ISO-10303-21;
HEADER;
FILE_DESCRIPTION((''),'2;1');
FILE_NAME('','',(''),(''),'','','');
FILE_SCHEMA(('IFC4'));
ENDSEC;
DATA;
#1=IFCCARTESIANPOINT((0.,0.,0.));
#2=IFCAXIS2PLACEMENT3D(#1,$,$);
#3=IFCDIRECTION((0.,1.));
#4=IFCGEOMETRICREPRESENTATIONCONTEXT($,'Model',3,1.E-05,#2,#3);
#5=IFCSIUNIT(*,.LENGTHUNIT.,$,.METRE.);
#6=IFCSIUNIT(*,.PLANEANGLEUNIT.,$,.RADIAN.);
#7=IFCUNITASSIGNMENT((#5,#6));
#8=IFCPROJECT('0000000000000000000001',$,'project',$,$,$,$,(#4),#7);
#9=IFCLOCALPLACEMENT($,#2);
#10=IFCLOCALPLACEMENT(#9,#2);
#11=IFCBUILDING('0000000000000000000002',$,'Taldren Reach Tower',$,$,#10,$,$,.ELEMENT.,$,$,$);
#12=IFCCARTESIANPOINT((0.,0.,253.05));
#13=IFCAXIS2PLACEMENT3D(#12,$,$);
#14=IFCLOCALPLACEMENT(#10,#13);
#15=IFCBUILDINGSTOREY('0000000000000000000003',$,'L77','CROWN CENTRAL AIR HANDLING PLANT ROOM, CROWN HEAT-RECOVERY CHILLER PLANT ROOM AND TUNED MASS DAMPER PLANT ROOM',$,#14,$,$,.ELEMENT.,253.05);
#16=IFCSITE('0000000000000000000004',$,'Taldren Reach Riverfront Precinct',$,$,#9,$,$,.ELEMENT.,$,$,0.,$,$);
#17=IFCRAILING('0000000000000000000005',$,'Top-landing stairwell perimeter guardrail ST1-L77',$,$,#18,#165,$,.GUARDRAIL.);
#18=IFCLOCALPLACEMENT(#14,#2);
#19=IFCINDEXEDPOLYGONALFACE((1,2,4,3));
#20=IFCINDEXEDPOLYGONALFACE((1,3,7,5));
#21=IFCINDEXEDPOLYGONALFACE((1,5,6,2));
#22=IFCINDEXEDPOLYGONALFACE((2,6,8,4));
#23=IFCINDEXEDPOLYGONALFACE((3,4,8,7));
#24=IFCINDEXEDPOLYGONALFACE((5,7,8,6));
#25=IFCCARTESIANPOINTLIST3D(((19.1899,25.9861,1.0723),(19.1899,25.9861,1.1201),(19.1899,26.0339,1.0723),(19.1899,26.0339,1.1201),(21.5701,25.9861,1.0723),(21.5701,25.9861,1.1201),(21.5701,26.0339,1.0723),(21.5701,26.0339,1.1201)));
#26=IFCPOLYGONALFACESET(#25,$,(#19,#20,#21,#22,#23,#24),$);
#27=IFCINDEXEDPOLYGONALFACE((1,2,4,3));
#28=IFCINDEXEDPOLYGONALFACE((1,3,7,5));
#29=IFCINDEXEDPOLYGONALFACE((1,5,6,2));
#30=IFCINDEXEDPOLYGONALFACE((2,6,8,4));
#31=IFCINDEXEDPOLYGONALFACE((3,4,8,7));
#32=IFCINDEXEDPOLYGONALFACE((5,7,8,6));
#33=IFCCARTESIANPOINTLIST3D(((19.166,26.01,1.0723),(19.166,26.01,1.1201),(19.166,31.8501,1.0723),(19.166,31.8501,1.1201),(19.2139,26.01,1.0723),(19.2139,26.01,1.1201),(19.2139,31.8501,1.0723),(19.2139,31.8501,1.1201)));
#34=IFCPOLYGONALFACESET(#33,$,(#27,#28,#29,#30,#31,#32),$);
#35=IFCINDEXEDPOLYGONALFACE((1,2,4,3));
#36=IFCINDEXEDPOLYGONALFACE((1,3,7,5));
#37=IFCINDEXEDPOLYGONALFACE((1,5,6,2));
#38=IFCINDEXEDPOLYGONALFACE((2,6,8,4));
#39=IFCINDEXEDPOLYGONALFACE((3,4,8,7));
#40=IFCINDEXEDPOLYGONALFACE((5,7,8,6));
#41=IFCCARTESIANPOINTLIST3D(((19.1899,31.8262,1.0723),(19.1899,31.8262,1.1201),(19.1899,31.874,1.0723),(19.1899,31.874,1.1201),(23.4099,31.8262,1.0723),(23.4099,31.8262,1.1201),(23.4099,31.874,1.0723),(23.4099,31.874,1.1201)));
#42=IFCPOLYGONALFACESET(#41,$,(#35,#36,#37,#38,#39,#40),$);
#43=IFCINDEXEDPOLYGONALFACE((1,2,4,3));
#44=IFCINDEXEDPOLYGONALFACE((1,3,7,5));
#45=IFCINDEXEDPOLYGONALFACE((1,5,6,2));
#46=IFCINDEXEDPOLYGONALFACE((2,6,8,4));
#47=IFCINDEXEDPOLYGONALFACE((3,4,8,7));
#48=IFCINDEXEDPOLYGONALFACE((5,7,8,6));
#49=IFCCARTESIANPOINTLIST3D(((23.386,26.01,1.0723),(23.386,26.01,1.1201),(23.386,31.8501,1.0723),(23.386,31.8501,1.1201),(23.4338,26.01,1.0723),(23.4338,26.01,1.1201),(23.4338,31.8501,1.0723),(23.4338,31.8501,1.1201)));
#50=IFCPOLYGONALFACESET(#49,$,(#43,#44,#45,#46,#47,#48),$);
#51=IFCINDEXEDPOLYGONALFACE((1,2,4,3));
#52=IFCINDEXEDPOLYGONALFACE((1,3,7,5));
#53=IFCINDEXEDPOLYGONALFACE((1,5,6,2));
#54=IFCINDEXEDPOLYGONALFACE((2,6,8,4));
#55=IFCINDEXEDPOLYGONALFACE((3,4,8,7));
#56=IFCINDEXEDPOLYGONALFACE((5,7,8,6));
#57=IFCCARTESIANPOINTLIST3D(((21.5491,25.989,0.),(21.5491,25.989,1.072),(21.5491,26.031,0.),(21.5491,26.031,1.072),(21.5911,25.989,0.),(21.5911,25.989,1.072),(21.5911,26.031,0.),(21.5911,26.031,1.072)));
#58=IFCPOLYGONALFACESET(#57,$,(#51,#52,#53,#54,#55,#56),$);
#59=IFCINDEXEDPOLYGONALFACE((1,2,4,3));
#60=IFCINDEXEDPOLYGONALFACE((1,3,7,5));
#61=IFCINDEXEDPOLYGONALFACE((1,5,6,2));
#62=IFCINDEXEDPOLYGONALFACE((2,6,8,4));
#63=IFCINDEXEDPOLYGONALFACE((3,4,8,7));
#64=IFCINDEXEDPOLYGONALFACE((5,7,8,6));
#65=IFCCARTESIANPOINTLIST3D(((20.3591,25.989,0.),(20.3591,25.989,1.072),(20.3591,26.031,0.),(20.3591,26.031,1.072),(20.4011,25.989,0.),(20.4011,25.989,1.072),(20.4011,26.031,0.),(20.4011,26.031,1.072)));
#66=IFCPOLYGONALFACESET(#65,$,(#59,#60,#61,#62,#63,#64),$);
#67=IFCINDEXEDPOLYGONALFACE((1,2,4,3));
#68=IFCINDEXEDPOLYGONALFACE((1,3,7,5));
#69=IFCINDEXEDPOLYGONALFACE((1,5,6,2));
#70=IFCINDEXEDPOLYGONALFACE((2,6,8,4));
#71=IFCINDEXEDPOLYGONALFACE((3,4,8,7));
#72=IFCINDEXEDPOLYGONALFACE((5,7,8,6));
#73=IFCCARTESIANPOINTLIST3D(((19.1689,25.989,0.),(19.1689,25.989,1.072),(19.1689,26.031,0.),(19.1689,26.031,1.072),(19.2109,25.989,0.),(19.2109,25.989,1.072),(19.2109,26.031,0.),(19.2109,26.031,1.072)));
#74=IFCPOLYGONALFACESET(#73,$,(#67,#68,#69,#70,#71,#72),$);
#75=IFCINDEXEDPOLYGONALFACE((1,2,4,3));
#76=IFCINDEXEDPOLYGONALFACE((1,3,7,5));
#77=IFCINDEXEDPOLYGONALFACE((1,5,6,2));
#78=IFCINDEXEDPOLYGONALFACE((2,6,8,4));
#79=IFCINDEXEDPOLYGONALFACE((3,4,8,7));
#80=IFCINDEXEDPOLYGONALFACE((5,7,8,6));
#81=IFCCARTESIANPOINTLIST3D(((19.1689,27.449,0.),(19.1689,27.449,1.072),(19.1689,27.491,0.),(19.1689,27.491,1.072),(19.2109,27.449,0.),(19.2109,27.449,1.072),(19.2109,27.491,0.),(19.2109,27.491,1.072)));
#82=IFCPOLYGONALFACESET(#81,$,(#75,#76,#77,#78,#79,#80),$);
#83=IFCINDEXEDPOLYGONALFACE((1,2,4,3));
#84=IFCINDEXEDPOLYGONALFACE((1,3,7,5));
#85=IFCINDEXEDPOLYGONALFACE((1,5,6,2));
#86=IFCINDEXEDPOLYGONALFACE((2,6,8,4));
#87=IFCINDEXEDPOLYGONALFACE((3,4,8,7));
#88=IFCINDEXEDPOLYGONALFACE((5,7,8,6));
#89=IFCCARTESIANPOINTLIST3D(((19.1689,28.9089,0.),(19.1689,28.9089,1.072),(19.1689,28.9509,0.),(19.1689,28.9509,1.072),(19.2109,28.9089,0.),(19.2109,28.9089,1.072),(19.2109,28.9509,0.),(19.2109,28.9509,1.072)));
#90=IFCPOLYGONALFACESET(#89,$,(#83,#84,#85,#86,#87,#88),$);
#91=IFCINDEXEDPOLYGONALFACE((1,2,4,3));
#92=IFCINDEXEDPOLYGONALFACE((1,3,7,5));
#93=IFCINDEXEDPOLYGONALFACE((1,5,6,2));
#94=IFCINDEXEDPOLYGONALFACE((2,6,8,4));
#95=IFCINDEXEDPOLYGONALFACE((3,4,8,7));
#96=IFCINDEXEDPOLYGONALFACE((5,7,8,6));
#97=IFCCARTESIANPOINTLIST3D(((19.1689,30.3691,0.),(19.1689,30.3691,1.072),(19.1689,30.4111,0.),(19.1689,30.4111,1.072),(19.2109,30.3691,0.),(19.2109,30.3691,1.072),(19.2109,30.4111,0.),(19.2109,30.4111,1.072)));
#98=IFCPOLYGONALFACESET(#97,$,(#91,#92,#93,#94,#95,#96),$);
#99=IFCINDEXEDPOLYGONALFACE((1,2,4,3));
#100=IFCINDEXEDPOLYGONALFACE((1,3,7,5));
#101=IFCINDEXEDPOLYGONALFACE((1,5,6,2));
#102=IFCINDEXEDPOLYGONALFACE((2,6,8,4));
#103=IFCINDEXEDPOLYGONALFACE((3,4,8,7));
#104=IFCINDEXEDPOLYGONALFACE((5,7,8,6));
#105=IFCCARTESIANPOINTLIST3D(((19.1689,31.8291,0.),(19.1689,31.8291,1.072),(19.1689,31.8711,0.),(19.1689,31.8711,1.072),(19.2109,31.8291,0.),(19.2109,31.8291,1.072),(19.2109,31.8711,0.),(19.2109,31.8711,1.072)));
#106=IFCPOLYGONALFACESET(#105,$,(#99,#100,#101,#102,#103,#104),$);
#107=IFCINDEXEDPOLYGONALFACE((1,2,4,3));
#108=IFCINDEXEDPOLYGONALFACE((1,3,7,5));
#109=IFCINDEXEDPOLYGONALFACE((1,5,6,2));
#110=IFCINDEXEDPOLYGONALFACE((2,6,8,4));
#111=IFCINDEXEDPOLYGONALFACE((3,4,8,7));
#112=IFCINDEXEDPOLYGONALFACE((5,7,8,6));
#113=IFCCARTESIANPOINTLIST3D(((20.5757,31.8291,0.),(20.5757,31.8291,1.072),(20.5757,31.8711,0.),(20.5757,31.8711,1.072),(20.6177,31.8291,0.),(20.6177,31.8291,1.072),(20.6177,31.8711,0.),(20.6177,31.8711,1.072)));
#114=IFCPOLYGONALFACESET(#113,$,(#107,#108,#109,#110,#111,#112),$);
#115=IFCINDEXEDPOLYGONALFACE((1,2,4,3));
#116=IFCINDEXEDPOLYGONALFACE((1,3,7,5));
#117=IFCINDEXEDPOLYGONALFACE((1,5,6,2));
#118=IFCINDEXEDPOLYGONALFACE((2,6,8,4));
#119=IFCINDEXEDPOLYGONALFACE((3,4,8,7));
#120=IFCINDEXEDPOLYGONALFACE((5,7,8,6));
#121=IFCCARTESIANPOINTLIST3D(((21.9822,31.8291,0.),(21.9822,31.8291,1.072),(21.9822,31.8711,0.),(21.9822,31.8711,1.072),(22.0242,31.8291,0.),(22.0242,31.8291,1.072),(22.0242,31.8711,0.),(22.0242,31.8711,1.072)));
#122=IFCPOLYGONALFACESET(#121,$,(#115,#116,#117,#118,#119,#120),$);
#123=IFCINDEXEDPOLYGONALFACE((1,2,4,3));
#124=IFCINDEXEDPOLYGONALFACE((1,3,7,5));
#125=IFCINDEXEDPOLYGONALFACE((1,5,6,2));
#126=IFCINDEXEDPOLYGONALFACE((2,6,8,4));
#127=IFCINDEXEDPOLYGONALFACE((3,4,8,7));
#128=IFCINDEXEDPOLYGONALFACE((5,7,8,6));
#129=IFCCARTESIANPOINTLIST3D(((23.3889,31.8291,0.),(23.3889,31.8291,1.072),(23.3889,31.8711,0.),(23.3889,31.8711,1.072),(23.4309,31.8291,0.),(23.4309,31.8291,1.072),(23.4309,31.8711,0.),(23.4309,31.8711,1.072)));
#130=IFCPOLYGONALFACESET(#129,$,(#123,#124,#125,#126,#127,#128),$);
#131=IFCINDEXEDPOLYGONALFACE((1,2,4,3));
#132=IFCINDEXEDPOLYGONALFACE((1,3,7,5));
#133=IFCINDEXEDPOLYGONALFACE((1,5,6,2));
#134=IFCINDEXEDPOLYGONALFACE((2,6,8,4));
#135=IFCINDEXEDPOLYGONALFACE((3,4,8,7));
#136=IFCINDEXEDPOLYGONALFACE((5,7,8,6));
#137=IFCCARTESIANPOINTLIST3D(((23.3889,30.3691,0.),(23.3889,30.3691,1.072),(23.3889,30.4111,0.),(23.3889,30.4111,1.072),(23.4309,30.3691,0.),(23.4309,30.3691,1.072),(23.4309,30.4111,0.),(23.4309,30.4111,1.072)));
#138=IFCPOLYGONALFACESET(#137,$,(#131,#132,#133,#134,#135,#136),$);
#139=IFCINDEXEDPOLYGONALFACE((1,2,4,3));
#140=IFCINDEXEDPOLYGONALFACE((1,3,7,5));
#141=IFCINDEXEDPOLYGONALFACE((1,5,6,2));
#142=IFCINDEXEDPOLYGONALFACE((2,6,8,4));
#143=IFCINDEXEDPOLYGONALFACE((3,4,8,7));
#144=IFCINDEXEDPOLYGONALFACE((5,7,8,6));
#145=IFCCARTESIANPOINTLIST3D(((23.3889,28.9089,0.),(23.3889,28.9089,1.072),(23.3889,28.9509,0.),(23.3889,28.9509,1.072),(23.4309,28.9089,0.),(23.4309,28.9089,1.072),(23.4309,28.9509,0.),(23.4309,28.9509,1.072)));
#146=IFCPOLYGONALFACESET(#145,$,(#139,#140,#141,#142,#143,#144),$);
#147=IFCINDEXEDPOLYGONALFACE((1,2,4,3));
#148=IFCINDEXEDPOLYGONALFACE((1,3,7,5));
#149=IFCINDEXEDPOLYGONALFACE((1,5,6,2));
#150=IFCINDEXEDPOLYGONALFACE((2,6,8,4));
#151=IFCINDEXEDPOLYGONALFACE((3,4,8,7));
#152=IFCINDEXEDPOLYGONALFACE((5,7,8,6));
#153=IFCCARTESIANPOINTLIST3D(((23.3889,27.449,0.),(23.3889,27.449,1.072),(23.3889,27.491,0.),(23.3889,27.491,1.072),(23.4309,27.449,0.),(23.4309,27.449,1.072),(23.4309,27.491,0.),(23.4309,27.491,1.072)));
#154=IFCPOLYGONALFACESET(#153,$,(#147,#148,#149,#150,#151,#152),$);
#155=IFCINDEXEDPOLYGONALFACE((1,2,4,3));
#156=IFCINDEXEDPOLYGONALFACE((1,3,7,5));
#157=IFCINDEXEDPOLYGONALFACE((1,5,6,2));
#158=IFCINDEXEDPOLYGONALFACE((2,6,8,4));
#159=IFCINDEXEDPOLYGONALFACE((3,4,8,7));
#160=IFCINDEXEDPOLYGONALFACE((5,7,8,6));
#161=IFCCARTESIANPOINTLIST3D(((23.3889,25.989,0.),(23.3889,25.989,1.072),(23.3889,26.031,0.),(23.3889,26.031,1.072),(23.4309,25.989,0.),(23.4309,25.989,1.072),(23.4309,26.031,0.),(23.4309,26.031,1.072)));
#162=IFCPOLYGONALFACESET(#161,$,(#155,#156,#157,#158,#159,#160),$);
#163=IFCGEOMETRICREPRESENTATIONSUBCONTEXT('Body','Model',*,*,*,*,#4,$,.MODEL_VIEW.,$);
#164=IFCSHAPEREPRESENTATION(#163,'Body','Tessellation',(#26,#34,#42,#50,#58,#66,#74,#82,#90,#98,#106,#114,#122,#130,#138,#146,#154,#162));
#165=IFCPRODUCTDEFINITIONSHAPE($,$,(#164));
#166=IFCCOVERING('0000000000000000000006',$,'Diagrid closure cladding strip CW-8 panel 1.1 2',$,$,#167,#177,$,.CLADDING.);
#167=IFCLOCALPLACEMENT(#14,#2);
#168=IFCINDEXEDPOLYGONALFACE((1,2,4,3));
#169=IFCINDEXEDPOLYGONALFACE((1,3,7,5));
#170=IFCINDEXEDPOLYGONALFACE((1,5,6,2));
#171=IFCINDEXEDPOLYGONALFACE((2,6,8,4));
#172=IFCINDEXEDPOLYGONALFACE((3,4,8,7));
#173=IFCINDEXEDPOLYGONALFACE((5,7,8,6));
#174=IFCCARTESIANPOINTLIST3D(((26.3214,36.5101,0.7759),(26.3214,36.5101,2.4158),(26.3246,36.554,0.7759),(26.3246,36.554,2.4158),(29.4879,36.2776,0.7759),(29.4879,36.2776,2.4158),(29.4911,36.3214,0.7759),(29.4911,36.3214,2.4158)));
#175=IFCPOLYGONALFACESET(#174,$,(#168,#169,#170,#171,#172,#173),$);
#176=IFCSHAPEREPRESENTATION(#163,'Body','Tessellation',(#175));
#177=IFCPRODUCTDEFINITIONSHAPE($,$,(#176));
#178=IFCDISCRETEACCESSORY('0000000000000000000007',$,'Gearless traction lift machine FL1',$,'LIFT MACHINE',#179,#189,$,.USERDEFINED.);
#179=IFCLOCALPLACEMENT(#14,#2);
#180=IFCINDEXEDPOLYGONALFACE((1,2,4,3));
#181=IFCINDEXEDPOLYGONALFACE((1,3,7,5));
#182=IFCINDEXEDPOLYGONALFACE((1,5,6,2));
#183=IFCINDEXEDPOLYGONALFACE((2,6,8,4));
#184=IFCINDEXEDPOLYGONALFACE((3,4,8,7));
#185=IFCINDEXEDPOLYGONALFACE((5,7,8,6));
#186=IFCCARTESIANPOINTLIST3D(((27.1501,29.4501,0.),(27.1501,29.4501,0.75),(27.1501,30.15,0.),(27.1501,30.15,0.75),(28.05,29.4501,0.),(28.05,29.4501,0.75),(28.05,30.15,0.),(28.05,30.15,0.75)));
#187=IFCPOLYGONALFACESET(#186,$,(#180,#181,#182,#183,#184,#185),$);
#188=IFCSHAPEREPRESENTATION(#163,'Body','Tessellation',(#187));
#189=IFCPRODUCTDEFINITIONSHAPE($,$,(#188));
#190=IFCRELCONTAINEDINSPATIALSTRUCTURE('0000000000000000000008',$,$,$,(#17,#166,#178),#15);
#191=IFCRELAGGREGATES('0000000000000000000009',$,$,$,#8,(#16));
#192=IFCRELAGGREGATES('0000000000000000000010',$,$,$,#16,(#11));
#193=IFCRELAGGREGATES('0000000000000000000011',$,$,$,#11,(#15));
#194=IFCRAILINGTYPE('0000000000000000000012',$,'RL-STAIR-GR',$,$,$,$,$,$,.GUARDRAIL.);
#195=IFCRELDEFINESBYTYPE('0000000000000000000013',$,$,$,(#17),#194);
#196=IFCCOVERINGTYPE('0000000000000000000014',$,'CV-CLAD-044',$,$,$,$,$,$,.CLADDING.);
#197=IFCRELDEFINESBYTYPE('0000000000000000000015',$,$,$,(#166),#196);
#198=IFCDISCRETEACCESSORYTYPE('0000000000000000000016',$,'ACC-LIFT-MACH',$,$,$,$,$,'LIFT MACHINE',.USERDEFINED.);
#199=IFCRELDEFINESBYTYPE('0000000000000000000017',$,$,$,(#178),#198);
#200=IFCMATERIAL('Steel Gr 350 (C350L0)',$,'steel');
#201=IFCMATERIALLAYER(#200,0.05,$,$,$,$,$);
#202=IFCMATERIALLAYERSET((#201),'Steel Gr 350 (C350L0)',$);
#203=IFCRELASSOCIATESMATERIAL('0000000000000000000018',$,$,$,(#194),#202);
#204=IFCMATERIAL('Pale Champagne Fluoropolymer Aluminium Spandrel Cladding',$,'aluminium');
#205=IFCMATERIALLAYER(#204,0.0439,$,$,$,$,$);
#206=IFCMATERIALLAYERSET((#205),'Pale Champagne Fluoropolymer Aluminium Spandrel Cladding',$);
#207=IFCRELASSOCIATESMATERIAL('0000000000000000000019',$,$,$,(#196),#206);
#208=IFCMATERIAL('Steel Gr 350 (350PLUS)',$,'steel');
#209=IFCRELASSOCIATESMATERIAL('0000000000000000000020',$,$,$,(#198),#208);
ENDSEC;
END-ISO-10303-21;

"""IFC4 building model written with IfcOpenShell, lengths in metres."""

from ifc_helpers import new_model, si_unit, direction, frame, origin, origin_2d, place, context, subcontext, project, spatial, rectangle, extrude, source, transform, mapped, material, layer, layer_set, type_object, element, save


model = new_model("IFC4")

# Units and contexts
model_context = context("Model", 3, precision=1e-05, world=origin(), true_north=direction((0.0, 1.0)))
body_context = subcontext(model_context, "Body", "Model", "MODEL_VIEW")
ifc_project = project(units=[si_unit("LENGTHUNIT", "METRE"), si_unit("PLANEANGLEUNIT", "RADIAN")], contexts=[model_context])

# Site, building, storey
site_placement = place(None, origin())
site = spatial("IfcSite", under=ifc_project, at=site_placement, Name="Taldren Reach Riverfront Precinct", CompositionType="ELEMENT", RefElevation=0.0)
building_placement = place(site_placement, origin())
building = spatial("IfcBuilding", under=site, at=building_placement, Name="Taldren Reach Tower", CompositionType="ELEMENT")
storey_placement = place(building_placement, frame((0.0, 0.0, 253.05)))
storey = spatial("IfcBuildingStorey", under=building, at=storey_placement, Name="L77", Description="CROWN CENTRAL AIR HANDLING PLANT ROOM, CROWN HEAT-RECOVERY CHILLER PLANT ROOM AND TUNED MASS DAMPER PLANT ROOM", CompositionType="ELEMENT", Elevation=253.05)

# Shared definitions
ifc_material_1 = material(Name="Steel Gr 350 (350PLUS)", Category="steel")

# Shared definitions
ifc_material_2 = material(Name="Steel Gr 350 (C350L0)", Category="steel")

# Railing
ifc_layer_1 = layer(ifc_material_2, 0.05)
ifc_layer_set_1 = layer_set([ifc_layer_1], Name="Steel Gr 350 (C350L0)")
railing_type = type_object("IfcRailingType", Name="RL-STAIR-GR", PredefinedType="GUARDRAIL", material=ifc_layer_set_1)
railing_placement = place(storey_placement, frame((21.5701, 26.01, 0.0)))
element("IfcRailing", 1, at=railing_placement, inside=storey, type_object=railing_type, Name="Top-landing stairwell perimeter guardrail ST1-L77", PredefinedType="GUARDRAIL", context=body_context, shape_type="SweptSolid", body=[
    extrude(rectangle(XDim=0.0479, YDim=0.0479, at=origin_2d()), frame((0.0, 0.0, 1.0962), z_axis=(-1.0, 0.0, 0.0), x_axis=(0.0, -1.0, 0.0)), (0.0, 0.0, 1.0), 2.3801),
    extrude(rectangle(XDim=0.0479, YDim=0.0479, at=origin_2d()), frame((-2.3801, 0.0, 1.0962), z_axis=(0.0, 1.0, 0.0), x_axis=(-1.0, 0.0, 0.0)), (0.0, 0.0, 1.0), 5.8401),
    extrude(rectangle(XDim=0.0479, YDim=0.0479, at=origin_2d()), frame((-2.3801, 5.8401, 1.0962), z_axis=(1.0, 0.0, 0.0), x_axis=(0.0, 1.0, 0.0)), (0.0, 0.0, 1.0), 4.22),
    extrude(rectangle(XDim=0.0479, YDim=0.0479, at=origin_2d()), frame((1.8398, 5.8401, 1.0962), z_axis=(0.0, -1.0, 0.0), x_axis=(1.0, 0.0, 0.0)), (0.0, 0.0, 1.0), 5.8401),
    extrude(rectangle(XDim=0.042, YDim=0.042, at=origin_2d()), origin(), (0.0, 0.0, 1.0), 1.072),
    extrude(rectangle(XDim=0.042, YDim=0.042, at=origin_2d()), frame((-1.1899, 0.0, 0.0)), (0.0, 0.0, 1.0), 1.072),
    extrude(rectangle(XDim=0.042, YDim=0.042, at=origin_2d()), frame((-2.3801, 0.0, 0.0)), (0.0, 0.0, 1.0), 1.072),
    extrude(rectangle(XDim=0.042, YDim=0.042, at=origin_2d()), frame((-2.3801, 1.46, 0.0)), (0.0, 0.0, 1.0), 1.072),
    extrude(rectangle(XDim=0.042, YDim=0.042, at=origin_2d()), frame((-2.3801, 2.9199, 0.0)), (0.0, 0.0, 1.0), 1.072),
    extrude(rectangle(XDim=0.042, YDim=0.042, at=origin_2d()), frame((-2.3801, 4.3801, 0.0)), (0.0, 0.0, 1.0), 1.072),
    extrude(rectangle(XDim=0.042, YDim=0.042, at=origin_2d()), frame((-2.3801, 5.8401, 0.0)), (0.0, 0.0, 1.0), 1.072),
    extrude(rectangle(XDim=0.042, YDim=0.042, at=origin_2d()), frame((-0.9734, 5.8401, 0.0)), (0.0, 0.0, 1.0), 1.072),
    extrude(rectangle(XDim=0.042, YDim=0.042, at=origin_2d()), frame((0.4331, 5.8401, 0.0)), (0.0, 0.0, 1.0), 1.072),
    extrude(rectangle(XDim=0.042, YDim=0.042, at=origin_2d()), frame((1.8398, 5.8401, 0.0)), (0.0, 0.0, 1.0), 1.072),
    extrude(rectangle(XDim=0.042, YDim=0.042, at=origin_2d()), frame((1.8398, 4.3801, 0.0)), (0.0, 0.0, 1.0), 1.072),
    extrude(rectangle(XDim=0.042, YDim=0.042, at=origin_2d()), frame((1.8398, 2.9199, 0.0)), (0.0, 0.0, 1.0), 1.072),
    extrude(rectangle(XDim=0.042, YDim=0.042, at=origin_2d()), frame((1.8398, 1.46, 0.0)), (0.0, 0.0, 1.0), 1.072),
    extrude(rectangle(XDim=0.042, YDim=0.042, at=origin_2d()), frame((1.8398, 0.0, 0.0)), (0.0, 0.0, 1.0), 1.072),
])

# Covering
ifc_material_3 = material(Name="Pale Champagne Fluoropolymer Aluminium Spandrel Cladding", Category="aluminium")
ifc_layer_2 = layer(ifc_material_3, 0.0439)
ifc_layer_set_2 = layer_set([ifc_layer_2], Name="Pale Champagne Fluoropolymer Aluminium Spandrel Cladding")
covering_type = type_object("IfcCoveringType", Name="CV-CLAD-044", PredefinedType="CLADDING", material=ifc_layer_set_2)
shared_shape_1 = source(origin(), body_context, "Body", "SweptSolid", [
    extrude(rectangle(XDim=3.175, YDim=0.0439, at=origin_2d()), origin(), (0.0, 0.0, 1.0), 1.6399),
])
covering_placement = place(storey_placement, frame((27.9062, 36.4158, 0.7759), z_axis=(0.0, 0.0, 1.0), x_axis=(0.997314, -0.073238, 0.0)))
element("IfcCovering", 2, at=covering_placement, inside=storey, type_object=covering_type, Name="Diagrid closure cladding strip CW-8 panel 1.1 2", PredefinedType="CLADDING", context=body_context, shape_type="MappedRepresentation", body=[
    mapped(shared_shape_1, transform((0.0, 0.0, 0.0), scale=1.0)),
])

# Discrete accessory
discrete_accessory_type = type_object("IfcDiscreteAccessoryType", Name="ACC-LIFT-MACH", ElementType="LIFT MACHINE", PredefinedType="USERDEFINED", material=ifc_material_1)
shared_shape_2 = source(origin(), body_context, "Body", "SweptSolid", [
    extrude(rectangle(XDim=0.8999, YDim=0.7, at=origin_2d()), origin(), (0.0, 0.0, 1.0), 0.75),
])
discrete_accessory_placement = place(storey_placement, frame((27.6001, 29.8, 0.0), z_axis=(0.0, 0.0, 1.0), x_axis=(1.0, 0.0, 0.0)))
element("IfcDiscreteAccessory", 3, at=discrete_accessory_placement, inside=storey, type_object=discrete_accessory_type, Name="Gearless traction lift machine FL1", ObjectType="LIFT MACHINE", PredefinedType="USERDEFINED", context=body_context, shape_type="MappedRepresentation", body=[
    mapped(shared_shape_2, transform((0.0, 0.0, 0.0), scale=1.0)),
])

save(model, "model.ifc")
